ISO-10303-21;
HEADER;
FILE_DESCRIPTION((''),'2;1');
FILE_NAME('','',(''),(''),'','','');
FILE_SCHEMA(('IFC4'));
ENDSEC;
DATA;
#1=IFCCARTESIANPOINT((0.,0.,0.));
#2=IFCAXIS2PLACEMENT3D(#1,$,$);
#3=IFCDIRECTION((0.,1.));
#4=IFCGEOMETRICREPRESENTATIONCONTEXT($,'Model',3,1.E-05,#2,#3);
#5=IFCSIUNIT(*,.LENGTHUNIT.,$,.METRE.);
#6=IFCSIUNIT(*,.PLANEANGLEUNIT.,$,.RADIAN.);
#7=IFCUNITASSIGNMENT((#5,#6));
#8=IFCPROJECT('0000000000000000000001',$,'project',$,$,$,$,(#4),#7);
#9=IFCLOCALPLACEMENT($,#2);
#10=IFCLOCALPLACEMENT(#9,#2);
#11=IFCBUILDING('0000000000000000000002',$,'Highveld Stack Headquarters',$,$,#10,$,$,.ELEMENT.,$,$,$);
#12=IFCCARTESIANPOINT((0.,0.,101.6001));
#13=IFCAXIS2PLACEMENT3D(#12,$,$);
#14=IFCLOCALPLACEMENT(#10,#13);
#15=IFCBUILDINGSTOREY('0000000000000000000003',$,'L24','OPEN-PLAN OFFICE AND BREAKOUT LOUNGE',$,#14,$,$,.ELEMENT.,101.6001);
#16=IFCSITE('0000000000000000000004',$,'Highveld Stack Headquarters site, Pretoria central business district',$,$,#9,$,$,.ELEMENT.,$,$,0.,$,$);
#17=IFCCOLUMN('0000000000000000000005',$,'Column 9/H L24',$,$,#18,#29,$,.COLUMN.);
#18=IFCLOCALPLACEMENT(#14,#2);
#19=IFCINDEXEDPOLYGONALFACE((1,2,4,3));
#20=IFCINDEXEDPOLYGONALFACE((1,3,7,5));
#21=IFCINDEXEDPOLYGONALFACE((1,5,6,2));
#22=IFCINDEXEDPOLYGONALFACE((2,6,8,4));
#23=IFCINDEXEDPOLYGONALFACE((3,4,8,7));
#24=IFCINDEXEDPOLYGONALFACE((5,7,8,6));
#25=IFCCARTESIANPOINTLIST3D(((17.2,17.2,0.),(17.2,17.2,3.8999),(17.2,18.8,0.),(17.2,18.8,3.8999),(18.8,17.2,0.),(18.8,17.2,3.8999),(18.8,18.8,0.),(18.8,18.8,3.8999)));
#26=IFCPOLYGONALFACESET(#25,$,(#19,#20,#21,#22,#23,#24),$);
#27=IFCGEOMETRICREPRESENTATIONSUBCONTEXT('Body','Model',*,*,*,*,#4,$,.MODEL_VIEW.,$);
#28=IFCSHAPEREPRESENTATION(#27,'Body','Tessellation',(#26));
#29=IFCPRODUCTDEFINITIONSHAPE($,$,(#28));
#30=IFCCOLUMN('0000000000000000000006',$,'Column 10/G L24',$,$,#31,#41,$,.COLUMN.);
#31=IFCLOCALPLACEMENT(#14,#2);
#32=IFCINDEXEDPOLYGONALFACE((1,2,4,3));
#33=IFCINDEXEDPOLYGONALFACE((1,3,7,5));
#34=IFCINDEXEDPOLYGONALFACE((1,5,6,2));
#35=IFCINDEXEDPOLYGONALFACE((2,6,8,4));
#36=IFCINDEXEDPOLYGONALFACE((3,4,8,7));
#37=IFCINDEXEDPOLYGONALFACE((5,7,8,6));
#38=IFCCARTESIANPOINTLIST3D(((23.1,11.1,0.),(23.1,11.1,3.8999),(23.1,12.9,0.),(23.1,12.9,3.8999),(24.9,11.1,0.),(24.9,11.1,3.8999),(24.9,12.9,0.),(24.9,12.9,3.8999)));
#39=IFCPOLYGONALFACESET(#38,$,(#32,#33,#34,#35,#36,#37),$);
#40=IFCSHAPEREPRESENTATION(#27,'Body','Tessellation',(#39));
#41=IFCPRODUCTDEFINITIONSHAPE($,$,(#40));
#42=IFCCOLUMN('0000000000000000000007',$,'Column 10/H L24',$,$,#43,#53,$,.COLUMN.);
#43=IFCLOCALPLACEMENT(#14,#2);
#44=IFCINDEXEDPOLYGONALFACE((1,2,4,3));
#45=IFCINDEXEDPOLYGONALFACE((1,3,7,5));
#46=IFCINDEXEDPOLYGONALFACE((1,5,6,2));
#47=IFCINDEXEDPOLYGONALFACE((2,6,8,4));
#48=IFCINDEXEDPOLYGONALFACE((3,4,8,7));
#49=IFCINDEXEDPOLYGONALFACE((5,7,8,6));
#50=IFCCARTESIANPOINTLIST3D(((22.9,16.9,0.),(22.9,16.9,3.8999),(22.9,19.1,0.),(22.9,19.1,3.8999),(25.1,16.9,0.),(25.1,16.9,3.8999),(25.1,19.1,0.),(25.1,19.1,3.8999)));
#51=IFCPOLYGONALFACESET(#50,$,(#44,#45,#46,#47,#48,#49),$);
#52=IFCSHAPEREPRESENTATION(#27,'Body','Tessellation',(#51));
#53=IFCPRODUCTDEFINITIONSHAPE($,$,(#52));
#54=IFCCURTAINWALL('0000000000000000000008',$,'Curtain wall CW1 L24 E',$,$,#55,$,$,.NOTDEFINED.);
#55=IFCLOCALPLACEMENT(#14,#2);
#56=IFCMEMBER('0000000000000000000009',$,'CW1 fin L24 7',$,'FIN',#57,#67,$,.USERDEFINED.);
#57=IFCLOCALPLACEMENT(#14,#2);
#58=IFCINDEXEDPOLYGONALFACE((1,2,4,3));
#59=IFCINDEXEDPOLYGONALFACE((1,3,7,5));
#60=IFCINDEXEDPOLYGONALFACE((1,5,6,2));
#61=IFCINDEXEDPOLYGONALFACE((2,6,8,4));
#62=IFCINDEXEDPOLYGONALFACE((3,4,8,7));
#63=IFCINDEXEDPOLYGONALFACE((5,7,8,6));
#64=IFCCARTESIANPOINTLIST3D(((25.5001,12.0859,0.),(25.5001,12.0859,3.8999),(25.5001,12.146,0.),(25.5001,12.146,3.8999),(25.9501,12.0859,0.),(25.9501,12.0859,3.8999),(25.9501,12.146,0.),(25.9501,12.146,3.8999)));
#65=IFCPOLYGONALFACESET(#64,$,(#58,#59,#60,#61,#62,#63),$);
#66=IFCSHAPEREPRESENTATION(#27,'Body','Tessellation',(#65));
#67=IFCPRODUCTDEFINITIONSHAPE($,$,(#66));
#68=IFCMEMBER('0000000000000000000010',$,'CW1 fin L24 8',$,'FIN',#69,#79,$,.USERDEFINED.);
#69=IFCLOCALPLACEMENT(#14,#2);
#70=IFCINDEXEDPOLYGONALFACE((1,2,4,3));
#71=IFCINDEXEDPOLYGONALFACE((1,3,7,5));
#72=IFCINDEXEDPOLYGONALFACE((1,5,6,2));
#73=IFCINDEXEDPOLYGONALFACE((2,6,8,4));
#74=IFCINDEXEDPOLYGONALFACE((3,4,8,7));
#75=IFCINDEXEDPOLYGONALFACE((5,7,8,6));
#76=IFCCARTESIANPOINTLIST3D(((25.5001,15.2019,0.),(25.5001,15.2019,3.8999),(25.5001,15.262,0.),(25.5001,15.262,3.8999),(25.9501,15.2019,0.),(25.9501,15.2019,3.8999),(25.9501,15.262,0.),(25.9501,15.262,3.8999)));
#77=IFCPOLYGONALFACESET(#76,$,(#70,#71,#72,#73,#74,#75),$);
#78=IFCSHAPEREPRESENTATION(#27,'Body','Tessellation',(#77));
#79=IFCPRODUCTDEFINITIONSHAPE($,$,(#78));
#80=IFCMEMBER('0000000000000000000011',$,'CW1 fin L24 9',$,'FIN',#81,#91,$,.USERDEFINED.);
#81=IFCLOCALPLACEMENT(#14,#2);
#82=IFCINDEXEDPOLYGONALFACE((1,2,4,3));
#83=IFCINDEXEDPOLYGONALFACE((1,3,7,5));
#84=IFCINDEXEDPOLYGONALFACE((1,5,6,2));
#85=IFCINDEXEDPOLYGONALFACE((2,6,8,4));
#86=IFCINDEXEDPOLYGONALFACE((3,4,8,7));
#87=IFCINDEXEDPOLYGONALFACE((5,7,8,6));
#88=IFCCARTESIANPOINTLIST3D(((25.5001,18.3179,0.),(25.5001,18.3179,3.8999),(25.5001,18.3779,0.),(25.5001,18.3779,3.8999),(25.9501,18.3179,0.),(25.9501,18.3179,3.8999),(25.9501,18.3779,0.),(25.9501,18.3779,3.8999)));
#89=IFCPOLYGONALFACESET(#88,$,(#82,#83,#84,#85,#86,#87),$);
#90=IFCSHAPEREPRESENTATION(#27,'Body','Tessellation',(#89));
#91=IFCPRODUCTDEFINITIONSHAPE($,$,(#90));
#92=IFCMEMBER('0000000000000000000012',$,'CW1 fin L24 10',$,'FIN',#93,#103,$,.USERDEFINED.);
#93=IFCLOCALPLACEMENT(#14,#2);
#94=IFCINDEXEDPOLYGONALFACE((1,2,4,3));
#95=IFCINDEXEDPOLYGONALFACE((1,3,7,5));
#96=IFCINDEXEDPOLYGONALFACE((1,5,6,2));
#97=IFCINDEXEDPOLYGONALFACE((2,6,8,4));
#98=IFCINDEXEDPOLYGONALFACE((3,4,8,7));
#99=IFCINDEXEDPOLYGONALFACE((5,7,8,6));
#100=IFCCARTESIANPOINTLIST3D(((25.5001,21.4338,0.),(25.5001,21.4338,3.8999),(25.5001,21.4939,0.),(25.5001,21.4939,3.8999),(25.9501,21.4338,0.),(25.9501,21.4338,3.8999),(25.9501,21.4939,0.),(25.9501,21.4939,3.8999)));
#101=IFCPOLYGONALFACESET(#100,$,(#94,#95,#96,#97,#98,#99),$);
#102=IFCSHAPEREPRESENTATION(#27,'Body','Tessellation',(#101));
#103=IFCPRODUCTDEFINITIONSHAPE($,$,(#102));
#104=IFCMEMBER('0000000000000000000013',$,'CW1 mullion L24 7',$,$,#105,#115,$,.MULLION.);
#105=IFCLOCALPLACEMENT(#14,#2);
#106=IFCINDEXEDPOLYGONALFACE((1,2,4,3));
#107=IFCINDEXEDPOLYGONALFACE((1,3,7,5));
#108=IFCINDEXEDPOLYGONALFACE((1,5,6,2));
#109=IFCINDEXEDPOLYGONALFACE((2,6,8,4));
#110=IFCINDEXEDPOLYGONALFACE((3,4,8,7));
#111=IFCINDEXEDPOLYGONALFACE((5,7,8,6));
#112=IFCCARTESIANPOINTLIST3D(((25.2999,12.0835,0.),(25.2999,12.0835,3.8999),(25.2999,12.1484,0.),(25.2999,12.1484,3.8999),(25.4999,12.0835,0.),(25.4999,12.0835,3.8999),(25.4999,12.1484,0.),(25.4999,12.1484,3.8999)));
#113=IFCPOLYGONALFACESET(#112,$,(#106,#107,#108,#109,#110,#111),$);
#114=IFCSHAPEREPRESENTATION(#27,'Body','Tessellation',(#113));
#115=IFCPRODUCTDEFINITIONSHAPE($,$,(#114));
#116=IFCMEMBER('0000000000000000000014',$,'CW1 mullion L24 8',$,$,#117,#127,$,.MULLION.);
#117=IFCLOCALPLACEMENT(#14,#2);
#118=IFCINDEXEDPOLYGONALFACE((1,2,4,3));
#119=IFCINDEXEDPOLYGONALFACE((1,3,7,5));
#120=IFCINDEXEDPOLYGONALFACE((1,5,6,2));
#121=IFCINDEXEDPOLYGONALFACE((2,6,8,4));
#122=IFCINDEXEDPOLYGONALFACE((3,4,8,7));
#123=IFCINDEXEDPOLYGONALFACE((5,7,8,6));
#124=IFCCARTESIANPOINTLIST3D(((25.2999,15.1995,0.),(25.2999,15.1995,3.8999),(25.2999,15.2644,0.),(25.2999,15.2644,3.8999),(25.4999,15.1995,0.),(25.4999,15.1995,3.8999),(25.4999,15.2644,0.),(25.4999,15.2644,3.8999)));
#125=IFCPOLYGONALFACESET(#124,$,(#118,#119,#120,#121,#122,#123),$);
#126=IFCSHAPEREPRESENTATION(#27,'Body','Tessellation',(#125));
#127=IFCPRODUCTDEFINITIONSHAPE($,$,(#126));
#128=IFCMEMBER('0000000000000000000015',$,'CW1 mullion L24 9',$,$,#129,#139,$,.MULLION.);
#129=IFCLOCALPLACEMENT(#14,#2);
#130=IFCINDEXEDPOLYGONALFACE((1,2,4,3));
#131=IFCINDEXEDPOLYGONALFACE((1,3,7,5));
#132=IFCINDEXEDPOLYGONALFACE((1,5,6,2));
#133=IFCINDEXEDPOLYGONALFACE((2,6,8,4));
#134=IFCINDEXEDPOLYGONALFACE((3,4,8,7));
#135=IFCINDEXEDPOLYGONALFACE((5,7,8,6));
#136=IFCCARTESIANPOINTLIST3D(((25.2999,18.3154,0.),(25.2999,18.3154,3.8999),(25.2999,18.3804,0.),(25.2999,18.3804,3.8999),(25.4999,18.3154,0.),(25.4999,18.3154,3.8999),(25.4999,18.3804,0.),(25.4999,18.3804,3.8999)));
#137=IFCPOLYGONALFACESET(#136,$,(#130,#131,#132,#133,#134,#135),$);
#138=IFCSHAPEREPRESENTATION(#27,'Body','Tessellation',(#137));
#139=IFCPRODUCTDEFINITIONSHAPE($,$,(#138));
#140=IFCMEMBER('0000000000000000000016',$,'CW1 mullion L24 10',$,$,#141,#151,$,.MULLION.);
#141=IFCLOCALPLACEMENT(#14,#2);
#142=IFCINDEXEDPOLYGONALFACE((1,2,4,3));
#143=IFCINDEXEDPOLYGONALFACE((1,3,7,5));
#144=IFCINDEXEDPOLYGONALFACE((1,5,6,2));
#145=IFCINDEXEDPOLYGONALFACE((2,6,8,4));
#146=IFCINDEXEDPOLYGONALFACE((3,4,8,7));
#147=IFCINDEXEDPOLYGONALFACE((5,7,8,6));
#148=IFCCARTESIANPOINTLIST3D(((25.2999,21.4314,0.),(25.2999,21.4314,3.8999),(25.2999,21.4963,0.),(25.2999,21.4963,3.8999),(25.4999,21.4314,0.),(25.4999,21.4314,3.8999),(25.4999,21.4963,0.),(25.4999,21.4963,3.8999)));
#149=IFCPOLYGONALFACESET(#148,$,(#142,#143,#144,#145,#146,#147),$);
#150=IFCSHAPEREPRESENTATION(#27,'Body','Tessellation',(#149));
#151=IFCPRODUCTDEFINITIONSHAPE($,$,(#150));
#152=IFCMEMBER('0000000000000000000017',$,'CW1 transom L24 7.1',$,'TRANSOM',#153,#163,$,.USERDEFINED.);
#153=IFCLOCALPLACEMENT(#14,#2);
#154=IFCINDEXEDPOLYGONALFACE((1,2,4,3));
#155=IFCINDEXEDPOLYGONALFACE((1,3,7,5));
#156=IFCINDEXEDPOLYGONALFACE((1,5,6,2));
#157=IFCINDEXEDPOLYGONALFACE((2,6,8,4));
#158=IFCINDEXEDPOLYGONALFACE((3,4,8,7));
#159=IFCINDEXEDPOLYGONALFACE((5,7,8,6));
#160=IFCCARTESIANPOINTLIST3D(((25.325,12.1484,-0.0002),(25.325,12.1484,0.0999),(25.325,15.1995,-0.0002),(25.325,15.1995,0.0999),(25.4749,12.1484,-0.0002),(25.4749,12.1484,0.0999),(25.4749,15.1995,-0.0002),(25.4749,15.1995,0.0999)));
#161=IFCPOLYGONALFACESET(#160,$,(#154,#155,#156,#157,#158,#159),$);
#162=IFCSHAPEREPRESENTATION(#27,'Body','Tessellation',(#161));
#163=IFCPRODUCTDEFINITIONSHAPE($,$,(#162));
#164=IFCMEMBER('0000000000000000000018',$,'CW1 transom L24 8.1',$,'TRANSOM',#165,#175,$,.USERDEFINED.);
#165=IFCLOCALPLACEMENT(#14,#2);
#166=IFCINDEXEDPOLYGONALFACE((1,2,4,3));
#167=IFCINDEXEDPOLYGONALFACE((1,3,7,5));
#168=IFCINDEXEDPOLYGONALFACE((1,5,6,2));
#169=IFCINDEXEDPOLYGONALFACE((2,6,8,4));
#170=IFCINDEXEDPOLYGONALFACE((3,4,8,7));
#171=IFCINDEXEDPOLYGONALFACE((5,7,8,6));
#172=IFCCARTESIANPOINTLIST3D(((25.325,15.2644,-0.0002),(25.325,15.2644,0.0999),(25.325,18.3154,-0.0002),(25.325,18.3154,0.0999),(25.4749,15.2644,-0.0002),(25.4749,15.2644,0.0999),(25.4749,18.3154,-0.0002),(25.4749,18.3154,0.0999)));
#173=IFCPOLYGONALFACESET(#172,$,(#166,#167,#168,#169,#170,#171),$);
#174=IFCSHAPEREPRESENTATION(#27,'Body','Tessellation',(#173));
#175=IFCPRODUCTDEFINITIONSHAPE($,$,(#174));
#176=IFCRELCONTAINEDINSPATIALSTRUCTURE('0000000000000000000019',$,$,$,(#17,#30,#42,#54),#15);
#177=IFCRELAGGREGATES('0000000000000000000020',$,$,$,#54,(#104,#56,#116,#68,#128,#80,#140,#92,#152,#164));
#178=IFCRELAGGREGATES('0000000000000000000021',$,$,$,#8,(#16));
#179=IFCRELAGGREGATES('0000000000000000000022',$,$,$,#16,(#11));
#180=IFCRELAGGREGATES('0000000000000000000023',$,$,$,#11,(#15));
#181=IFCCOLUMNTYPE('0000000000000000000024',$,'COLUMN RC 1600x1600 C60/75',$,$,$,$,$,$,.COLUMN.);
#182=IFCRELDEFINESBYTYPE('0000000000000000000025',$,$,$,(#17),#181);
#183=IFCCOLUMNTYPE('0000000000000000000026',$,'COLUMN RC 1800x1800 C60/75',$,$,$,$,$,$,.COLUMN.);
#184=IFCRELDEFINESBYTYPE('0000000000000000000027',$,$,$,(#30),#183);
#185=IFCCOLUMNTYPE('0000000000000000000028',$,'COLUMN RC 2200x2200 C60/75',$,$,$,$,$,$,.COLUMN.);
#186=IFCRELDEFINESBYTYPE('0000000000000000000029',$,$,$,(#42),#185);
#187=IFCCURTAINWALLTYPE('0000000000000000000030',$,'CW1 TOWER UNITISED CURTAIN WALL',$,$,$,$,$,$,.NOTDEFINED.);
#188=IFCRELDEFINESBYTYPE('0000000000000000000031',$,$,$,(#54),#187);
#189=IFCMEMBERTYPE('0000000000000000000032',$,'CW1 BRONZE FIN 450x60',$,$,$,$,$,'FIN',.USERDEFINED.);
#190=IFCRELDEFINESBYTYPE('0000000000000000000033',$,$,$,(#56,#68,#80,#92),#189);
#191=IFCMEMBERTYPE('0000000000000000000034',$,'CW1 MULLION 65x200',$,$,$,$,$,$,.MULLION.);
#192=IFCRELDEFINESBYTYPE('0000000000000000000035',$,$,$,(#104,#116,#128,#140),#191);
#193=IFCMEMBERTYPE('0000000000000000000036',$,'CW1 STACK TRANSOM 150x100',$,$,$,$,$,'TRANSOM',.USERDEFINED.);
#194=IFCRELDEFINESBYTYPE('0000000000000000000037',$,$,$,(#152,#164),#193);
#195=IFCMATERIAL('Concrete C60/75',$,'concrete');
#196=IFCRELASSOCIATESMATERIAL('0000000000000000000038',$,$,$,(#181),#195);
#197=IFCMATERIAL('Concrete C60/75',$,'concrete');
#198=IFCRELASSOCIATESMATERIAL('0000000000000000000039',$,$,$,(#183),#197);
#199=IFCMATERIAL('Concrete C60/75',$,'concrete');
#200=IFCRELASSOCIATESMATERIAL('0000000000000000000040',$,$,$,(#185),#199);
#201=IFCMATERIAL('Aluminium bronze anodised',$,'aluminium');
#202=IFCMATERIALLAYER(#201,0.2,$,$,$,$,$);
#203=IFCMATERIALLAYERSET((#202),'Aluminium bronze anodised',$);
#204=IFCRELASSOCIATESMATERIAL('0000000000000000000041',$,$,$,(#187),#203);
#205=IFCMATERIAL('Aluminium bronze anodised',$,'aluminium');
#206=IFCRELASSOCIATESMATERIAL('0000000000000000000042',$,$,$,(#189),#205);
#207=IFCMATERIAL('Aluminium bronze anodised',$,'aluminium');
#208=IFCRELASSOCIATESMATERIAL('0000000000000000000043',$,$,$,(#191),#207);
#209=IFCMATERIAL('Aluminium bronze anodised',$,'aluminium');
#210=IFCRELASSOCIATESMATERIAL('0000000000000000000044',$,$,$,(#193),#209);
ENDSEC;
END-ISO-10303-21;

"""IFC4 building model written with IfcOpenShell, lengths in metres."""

from ifc_helpers import new_model, si_unit, direction, frame, origin, origin_2d, place, context, subcontext, project, spatial, rectangle, extrude, material, layer, layer_set, material_profile, profile_set, type_object, element, aggregate, save


model = new_model("IFC4")

# Units and contexts
model_context = context("Model", 3, precision=1e-05, world=origin(), true_north=direction((0.0, 1.0)))
body_context = subcontext(model_context, "Body", "Model", "MODEL_VIEW")
ifc_project = project(units=[si_unit("LENGTHUNIT", "METRE"), si_unit("PLANEANGLEUNIT", "RADIAN")], contexts=[model_context])

# Site, building, storey
site_placement = place(None, origin())
site = spatial("IfcSite", under=ifc_project, at=site_placement, Name="Highveld Stack Headquarters site, Pretoria central business district", CompositionType="ELEMENT", RefElevation=0.0)
building_placement = place(site_placement, origin())
building = spatial("IfcBuilding", under=site, at=building_placement, Name="Highveld Stack Headquarters", CompositionType="ELEMENT")
storey_placement = place(building_placement, frame((0.0, 0.0, 101.6001)))
storey = spatial("IfcBuildingStorey", under=building, at=storey_placement, Name="L24", Description="OPEN-PLAN OFFICE AND BREAKOUT LOUNGE", CompositionType="ELEMENT", Elevation=101.6001)

# Columns
ifc_material_1 = material(Name="Concrete C60/75", Category="concrete")
ifc_material_profile_1 = material_profile(ifc_material_1, rectangle(XDim=1.6001, YDim=1.6001, at=origin_2d()), Name="RC 1600x1600")
ifc_profile_set_1 = profile_set([ifc_material_profile_1], Name="Concrete C60/75")
column_type_1 = type_object("IfcColumnType", Name="COLUMN RC 1600x1600 C60/75", PredefinedType="COLUMN", material=ifc_profile_set_1)
column_1_placement = place(storey_placement, frame((18.0, 18.0, 0.0), z_axis=(0.0, 0.0, 1.0), x_axis=(1.0, 0.0, 0.0)))
element("IfcColumn", 1, at=column_1_placement, inside=storey, type_object=column_type_1, Name="Column 9/H L24", PredefinedType="COLUMN", context=body_context, shape_type="SweptSolid", body=[
    extrude(rectangle(XDim=1.6001, YDim=1.6001, at=origin_2d()), origin(), (0.0, 0.0, 1.0), 3.8999),
])
ifc_material_2 = material(Name="Concrete C60/75", Category="concrete")
ifc_material_profile_2 = material_profile(ifc_material_2, rectangle(XDim=1.8, YDim=1.8, at=origin_2d()), Name="RC 1800x1800")
ifc_profile_set_2 = profile_set([ifc_material_profile_2], Name="Concrete C60/75")
column_type_2 = type_object("IfcColumnType", Name="COLUMN RC 1800x1800 C60/75", PredefinedType="COLUMN", material=ifc_profile_set_2)
column_2_placement = place(storey_placement, frame((24.0, 12.0, 0.0), z_axis=(0.0, 0.0, 1.0), x_axis=(1.0, 0.0, 0.0)))
element("IfcColumn", 2, at=column_2_placement, inside=storey, type_object=column_type_2, Name="Column 10/G L24", PredefinedType="COLUMN", context=body_context, shape_type="SweptSolid", body=[
    extrude(rectangle(XDim=1.8, YDim=1.8, at=origin_2d()), origin(), (0.0, 0.0, 1.0), 3.8999),
])
ifc_material_3 = material(Name="Concrete C60/75", Category="concrete")
ifc_material_profile_3 = material_profile(ifc_material_3, rectangle(XDim=2.2, YDim=2.2, at=origin_2d()), Name="RC 2200x2200")
ifc_profile_set_3 = profile_set([ifc_material_profile_3], Name="Concrete C60/75")
column_type_3 = type_object("IfcColumnType", Name="COLUMN RC 2200x2200 C60/75", PredefinedType="COLUMN", material=ifc_profile_set_3)
column_3_placement = place(storey_placement, frame((24.0, 18.0, 0.0), z_axis=(0.0, 0.0, 1.0), x_axis=(1.0, 0.0, 0.0)))
element("IfcColumn", 3, at=column_3_placement, inside=storey, type_object=column_type_3, Name="Column 10/H L24", PredefinedType="COLUMN", context=body_context, shape_type="SweptSolid", body=[
    extrude(rectangle(XDim=2.2, YDim=2.2, at=origin_2d()), origin(), (0.0, 0.0, 1.0), 3.8999),
])

# Curtain wall, members
ifc_material_4 = material(Name="Aluminium bronze anodised", Category="aluminium")
ifc_layer_1 = layer(ifc_material_4, 0.2)
ifc_layer_set_1 = layer_set([ifc_layer_1], Name="Aluminium bronze anodised")
curtain_wall_type = type_object("IfcCurtainWallType", Name="CW1 TOWER UNITISED CURTAIN WALL", PredefinedType="NOTDEFINED", material=ifc_layer_set_1)
curtain_wall_placement = place(storey_placement, origin())
curtain_wall = element("IfcCurtainWall", 4, at=curtain_wall_placement, inside=storey, type_object=curtain_wall_type, Name="Curtain wall CW1 L24 E", PredefinedType="NOTDEFINED")
ifc_material_5 = material(Name="Aluminium bronze anodised", Category="aluminium")
ifc_material_profile_4 = material_profile(ifc_material_5, rectangle(XDim=0.45, YDim=0.0601, at=origin_2d()), Name="FIN 450x60")
ifc_profile_set_4 = profile_set([ifc_material_profile_4], Name="Aluminium bronze anodised")
member_type_1 = type_object("IfcMemberType", Name="CW1 BRONZE FIN 450x60", ElementType="FIN", PredefinedType="USERDEFINED", material=ifc_profile_set_4)
member_1_placement = place(storey_placement, frame((25.7251, 12.116, 0.0), z_axis=(0.0, 0.0, 1.0), x_axis=(-1.0, 0.0, 0.0)))
member_1 = element("IfcMember", 5, at=member_1_placement, type_object=member_type_1, Name="CW1 fin L24 7", ObjectType="FIN", PredefinedType="USERDEFINED", context=body_context, shape_type="SweptSolid", body=[
    extrude(rectangle(XDim=0.45, YDim=0.0601, at=origin_2d()), origin(), (0.0, 0.0, 1.0), 3.8999),
])
member_2_placement = place(storey_placement, frame((25.7251, 15.2319, 0.0), z_axis=(0.0, 0.0, 1.0), x_axis=(-1.0, 0.0, 0.0)))
member_2 = element("IfcMember", 6, at=member_2_placement, type_object=member_type_1, Name="CW1 fin L24 8", ObjectType="FIN", PredefinedType="USERDEFINED", context=body_context, shape_type="SweptSolid", body=[
    extrude(rectangle(XDim=0.45, YDim=0.0601, at=origin_2d()), origin(), (0.0, 0.0, 1.0), 3.8999),
])
member_3_placement = place(storey_placement, frame((25.7251, 18.3479, 0.0), z_axis=(0.0, 0.0, 1.0), x_axis=(-1.0, 0.0, 0.0)))
member_3 = element("IfcMember", 7, at=member_3_placement, type_object=member_type_1, Name="CW1 fin L24 9", ObjectType="FIN", PredefinedType="USERDEFINED", context=body_context, shape_type="SweptSolid", body=[
    extrude(rectangle(XDim=0.45, YDim=0.0601, at=origin_2d()), origin(), (0.0, 0.0, 1.0), 3.8999),
])
member_4_placement = place(storey_placement, frame((25.7251, 21.4639, 0.0), z_axis=(0.0, 0.0, 1.0), x_axis=(-1.0, 0.0, 0.0)))
member_4 = element("IfcMember", 8, at=member_4_placement, type_object=member_type_1, Name="CW1 fin L24 10", ObjectType="FIN", PredefinedType="USERDEFINED", context=body_context, shape_type="SweptSolid", body=[
    extrude(rectangle(XDim=0.45, YDim=0.0601, at=origin_2d()), origin(), (0.0, 0.0, 1.0), 3.8999),
])
ifc_material_6 = material(Name="Aluminium bronze anodised", Category="aluminium")
ifc_material_profile_5 = material_profile(ifc_material_6, rectangle(XDim=0.2, YDim=0.0649, at=origin_2d()), Name="CW1 MULLION 65x200")
ifc_profile_set_5 = profile_set([ifc_material_profile_5], Name="Aluminium bronze anodised")
member_type_2 = type_object("IfcMemberType", Name="CW1 MULLION 65x200", PredefinedType="MULLION", material=ifc_profile_set_5)
member_5_placement = place(storey_placement, frame((25.3999, 12.116, 0.0), z_axis=(0.0, 0.0, 1.0), x_axis=(-1.0, 0.0, 0.0)))
member_5 = element("IfcMember", 9, at=member_5_placement, type_object=member_type_2, Name="CW1 mullion L24 7", PredefinedType="MULLION", context=body_context, shape_type="SweptSolid", body=[
    extrude(rectangle(XDim=0.2, YDim=0.0649, at=origin_2d()), origin(), (0.0, 0.0, 1.0), 3.8999),
])
member_6_placement = place(storey_placement, frame((25.3999, 15.2319, 0.0), z_axis=(0.0, 0.0, 1.0), x_axis=(-1.0, 0.0, 0.0)))
member_6 = element("IfcMember", 10, at=member_6_placement, type_object=member_type_2, Name="CW1 mullion L24 8", PredefinedType="MULLION", context=body_context, shape_type="SweptSolid", body=[
    extrude(rectangle(XDim=0.2, YDim=0.0649, at=origin_2d()), origin(), (0.0, 0.0, 1.0), 3.8999),
])
member_7_placement = place(storey_placement, frame((25.3999, 18.3479, 0.0), z_axis=(0.0, 0.0, 1.0), x_axis=(-1.0, 0.0, 0.0)))
member_7 = element("IfcMember", 11, at=member_7_placement, type_object=member_type_2, Name="CW1 mullion L24 9", PredefinedType="MULLION", context=body_context, shape_type="SweptSolid", body=[
    extrude(rectangle(XDim=0.2, YDim=0.0649, at=origin_2d()), origin(), (0.0, 0.0, 1.0), 3.8999),
])
member_8_placement = place(storey_placement, frame((25.3999, 21.4639, 0.0), z_axis=(0.0, 0.0, 1.0), x_axis=(-1.0, 0.0, 0.0)))
member_8 = element("IfcMember", 12, at=member_8_placement, type_object=member_type_2, Name="CW1 mullion L24 10", PredefinedType="MULLION", context=body_context, shape_type="SweptSolid", body=[
    extrude(rectangle(XDim=0.2, YDim=0.0649, at=origin_2d()), origin(), (0.0, 0.0, 1.0), 3.8999),
])
ifc_material_7 = material(Name="Aluminium bronze anodised", Category="aluminium")
ifc_material_profile_6 = material_profile(ifc_material_7, rectangle(XDim=0.1499, YDim=0.1001, at=origin_2d()), Name="CW1 TRANSOM 150x100")
ifc_profile_set_6 = profile_set([ifc_material_profile_6], Name="Aluminium bronze anodised")
member_type_3 = type_object("IfcMemberType", Name="CW1 STACK TRANSOM 150x100", ElementType="TRANSOM", PredefinedType="USERDEFINED", material=ifc_profile_set_6)
member_9_placement = place(storey_placement, frame((25.3999, 12.1484, 0.0498), z_axis=(0.0, 1.0, 0.0), x_axis=(-1.0, 0.0, 0.0)))
member_9 = element("IfcMember", 13, at=member_9_placement, type_object=member_type_3, Name="CW1 transom L24 7.1", ObjectType="TRANSOM", PredefinedType="USERDEFINED", context=body_context, shape_type="SweptSolid", body=[
    extrude(rectangle(XDim=0.1499, YDim=0.1001, at=origin_2d()), origin(), (0.0, 0.0, 1.0), 3.051),
])
member_10_placement = place(storey_placement, frame((25.3999, 15.2644, 0.0498), z_axis=(0.0, 1.0, 0.0), x_axis=(-1.0, 0.0, 0.0)))
member_10 = element("IfcMember", 14, at=member_10_placement, type_object=member_type_3, Name="CW1 transom L24 8.1", ObjectType="TRANSOM", PredefinedType="USERDEFINED", context=body_context, shape_type="SweptSolid", body=[
    extrude(rectangle(XDim=0.1499, YDim=0.1001, at=origin_2d()), origin(), (0.0, 0.0, 1.0), 3.051),
])
aggregate(curtain_wall, [member_5, member_1, member_6, member_2, member_7, member_3, member_8, member_4, member_9, member_10])

save(model, "model.ifc")
